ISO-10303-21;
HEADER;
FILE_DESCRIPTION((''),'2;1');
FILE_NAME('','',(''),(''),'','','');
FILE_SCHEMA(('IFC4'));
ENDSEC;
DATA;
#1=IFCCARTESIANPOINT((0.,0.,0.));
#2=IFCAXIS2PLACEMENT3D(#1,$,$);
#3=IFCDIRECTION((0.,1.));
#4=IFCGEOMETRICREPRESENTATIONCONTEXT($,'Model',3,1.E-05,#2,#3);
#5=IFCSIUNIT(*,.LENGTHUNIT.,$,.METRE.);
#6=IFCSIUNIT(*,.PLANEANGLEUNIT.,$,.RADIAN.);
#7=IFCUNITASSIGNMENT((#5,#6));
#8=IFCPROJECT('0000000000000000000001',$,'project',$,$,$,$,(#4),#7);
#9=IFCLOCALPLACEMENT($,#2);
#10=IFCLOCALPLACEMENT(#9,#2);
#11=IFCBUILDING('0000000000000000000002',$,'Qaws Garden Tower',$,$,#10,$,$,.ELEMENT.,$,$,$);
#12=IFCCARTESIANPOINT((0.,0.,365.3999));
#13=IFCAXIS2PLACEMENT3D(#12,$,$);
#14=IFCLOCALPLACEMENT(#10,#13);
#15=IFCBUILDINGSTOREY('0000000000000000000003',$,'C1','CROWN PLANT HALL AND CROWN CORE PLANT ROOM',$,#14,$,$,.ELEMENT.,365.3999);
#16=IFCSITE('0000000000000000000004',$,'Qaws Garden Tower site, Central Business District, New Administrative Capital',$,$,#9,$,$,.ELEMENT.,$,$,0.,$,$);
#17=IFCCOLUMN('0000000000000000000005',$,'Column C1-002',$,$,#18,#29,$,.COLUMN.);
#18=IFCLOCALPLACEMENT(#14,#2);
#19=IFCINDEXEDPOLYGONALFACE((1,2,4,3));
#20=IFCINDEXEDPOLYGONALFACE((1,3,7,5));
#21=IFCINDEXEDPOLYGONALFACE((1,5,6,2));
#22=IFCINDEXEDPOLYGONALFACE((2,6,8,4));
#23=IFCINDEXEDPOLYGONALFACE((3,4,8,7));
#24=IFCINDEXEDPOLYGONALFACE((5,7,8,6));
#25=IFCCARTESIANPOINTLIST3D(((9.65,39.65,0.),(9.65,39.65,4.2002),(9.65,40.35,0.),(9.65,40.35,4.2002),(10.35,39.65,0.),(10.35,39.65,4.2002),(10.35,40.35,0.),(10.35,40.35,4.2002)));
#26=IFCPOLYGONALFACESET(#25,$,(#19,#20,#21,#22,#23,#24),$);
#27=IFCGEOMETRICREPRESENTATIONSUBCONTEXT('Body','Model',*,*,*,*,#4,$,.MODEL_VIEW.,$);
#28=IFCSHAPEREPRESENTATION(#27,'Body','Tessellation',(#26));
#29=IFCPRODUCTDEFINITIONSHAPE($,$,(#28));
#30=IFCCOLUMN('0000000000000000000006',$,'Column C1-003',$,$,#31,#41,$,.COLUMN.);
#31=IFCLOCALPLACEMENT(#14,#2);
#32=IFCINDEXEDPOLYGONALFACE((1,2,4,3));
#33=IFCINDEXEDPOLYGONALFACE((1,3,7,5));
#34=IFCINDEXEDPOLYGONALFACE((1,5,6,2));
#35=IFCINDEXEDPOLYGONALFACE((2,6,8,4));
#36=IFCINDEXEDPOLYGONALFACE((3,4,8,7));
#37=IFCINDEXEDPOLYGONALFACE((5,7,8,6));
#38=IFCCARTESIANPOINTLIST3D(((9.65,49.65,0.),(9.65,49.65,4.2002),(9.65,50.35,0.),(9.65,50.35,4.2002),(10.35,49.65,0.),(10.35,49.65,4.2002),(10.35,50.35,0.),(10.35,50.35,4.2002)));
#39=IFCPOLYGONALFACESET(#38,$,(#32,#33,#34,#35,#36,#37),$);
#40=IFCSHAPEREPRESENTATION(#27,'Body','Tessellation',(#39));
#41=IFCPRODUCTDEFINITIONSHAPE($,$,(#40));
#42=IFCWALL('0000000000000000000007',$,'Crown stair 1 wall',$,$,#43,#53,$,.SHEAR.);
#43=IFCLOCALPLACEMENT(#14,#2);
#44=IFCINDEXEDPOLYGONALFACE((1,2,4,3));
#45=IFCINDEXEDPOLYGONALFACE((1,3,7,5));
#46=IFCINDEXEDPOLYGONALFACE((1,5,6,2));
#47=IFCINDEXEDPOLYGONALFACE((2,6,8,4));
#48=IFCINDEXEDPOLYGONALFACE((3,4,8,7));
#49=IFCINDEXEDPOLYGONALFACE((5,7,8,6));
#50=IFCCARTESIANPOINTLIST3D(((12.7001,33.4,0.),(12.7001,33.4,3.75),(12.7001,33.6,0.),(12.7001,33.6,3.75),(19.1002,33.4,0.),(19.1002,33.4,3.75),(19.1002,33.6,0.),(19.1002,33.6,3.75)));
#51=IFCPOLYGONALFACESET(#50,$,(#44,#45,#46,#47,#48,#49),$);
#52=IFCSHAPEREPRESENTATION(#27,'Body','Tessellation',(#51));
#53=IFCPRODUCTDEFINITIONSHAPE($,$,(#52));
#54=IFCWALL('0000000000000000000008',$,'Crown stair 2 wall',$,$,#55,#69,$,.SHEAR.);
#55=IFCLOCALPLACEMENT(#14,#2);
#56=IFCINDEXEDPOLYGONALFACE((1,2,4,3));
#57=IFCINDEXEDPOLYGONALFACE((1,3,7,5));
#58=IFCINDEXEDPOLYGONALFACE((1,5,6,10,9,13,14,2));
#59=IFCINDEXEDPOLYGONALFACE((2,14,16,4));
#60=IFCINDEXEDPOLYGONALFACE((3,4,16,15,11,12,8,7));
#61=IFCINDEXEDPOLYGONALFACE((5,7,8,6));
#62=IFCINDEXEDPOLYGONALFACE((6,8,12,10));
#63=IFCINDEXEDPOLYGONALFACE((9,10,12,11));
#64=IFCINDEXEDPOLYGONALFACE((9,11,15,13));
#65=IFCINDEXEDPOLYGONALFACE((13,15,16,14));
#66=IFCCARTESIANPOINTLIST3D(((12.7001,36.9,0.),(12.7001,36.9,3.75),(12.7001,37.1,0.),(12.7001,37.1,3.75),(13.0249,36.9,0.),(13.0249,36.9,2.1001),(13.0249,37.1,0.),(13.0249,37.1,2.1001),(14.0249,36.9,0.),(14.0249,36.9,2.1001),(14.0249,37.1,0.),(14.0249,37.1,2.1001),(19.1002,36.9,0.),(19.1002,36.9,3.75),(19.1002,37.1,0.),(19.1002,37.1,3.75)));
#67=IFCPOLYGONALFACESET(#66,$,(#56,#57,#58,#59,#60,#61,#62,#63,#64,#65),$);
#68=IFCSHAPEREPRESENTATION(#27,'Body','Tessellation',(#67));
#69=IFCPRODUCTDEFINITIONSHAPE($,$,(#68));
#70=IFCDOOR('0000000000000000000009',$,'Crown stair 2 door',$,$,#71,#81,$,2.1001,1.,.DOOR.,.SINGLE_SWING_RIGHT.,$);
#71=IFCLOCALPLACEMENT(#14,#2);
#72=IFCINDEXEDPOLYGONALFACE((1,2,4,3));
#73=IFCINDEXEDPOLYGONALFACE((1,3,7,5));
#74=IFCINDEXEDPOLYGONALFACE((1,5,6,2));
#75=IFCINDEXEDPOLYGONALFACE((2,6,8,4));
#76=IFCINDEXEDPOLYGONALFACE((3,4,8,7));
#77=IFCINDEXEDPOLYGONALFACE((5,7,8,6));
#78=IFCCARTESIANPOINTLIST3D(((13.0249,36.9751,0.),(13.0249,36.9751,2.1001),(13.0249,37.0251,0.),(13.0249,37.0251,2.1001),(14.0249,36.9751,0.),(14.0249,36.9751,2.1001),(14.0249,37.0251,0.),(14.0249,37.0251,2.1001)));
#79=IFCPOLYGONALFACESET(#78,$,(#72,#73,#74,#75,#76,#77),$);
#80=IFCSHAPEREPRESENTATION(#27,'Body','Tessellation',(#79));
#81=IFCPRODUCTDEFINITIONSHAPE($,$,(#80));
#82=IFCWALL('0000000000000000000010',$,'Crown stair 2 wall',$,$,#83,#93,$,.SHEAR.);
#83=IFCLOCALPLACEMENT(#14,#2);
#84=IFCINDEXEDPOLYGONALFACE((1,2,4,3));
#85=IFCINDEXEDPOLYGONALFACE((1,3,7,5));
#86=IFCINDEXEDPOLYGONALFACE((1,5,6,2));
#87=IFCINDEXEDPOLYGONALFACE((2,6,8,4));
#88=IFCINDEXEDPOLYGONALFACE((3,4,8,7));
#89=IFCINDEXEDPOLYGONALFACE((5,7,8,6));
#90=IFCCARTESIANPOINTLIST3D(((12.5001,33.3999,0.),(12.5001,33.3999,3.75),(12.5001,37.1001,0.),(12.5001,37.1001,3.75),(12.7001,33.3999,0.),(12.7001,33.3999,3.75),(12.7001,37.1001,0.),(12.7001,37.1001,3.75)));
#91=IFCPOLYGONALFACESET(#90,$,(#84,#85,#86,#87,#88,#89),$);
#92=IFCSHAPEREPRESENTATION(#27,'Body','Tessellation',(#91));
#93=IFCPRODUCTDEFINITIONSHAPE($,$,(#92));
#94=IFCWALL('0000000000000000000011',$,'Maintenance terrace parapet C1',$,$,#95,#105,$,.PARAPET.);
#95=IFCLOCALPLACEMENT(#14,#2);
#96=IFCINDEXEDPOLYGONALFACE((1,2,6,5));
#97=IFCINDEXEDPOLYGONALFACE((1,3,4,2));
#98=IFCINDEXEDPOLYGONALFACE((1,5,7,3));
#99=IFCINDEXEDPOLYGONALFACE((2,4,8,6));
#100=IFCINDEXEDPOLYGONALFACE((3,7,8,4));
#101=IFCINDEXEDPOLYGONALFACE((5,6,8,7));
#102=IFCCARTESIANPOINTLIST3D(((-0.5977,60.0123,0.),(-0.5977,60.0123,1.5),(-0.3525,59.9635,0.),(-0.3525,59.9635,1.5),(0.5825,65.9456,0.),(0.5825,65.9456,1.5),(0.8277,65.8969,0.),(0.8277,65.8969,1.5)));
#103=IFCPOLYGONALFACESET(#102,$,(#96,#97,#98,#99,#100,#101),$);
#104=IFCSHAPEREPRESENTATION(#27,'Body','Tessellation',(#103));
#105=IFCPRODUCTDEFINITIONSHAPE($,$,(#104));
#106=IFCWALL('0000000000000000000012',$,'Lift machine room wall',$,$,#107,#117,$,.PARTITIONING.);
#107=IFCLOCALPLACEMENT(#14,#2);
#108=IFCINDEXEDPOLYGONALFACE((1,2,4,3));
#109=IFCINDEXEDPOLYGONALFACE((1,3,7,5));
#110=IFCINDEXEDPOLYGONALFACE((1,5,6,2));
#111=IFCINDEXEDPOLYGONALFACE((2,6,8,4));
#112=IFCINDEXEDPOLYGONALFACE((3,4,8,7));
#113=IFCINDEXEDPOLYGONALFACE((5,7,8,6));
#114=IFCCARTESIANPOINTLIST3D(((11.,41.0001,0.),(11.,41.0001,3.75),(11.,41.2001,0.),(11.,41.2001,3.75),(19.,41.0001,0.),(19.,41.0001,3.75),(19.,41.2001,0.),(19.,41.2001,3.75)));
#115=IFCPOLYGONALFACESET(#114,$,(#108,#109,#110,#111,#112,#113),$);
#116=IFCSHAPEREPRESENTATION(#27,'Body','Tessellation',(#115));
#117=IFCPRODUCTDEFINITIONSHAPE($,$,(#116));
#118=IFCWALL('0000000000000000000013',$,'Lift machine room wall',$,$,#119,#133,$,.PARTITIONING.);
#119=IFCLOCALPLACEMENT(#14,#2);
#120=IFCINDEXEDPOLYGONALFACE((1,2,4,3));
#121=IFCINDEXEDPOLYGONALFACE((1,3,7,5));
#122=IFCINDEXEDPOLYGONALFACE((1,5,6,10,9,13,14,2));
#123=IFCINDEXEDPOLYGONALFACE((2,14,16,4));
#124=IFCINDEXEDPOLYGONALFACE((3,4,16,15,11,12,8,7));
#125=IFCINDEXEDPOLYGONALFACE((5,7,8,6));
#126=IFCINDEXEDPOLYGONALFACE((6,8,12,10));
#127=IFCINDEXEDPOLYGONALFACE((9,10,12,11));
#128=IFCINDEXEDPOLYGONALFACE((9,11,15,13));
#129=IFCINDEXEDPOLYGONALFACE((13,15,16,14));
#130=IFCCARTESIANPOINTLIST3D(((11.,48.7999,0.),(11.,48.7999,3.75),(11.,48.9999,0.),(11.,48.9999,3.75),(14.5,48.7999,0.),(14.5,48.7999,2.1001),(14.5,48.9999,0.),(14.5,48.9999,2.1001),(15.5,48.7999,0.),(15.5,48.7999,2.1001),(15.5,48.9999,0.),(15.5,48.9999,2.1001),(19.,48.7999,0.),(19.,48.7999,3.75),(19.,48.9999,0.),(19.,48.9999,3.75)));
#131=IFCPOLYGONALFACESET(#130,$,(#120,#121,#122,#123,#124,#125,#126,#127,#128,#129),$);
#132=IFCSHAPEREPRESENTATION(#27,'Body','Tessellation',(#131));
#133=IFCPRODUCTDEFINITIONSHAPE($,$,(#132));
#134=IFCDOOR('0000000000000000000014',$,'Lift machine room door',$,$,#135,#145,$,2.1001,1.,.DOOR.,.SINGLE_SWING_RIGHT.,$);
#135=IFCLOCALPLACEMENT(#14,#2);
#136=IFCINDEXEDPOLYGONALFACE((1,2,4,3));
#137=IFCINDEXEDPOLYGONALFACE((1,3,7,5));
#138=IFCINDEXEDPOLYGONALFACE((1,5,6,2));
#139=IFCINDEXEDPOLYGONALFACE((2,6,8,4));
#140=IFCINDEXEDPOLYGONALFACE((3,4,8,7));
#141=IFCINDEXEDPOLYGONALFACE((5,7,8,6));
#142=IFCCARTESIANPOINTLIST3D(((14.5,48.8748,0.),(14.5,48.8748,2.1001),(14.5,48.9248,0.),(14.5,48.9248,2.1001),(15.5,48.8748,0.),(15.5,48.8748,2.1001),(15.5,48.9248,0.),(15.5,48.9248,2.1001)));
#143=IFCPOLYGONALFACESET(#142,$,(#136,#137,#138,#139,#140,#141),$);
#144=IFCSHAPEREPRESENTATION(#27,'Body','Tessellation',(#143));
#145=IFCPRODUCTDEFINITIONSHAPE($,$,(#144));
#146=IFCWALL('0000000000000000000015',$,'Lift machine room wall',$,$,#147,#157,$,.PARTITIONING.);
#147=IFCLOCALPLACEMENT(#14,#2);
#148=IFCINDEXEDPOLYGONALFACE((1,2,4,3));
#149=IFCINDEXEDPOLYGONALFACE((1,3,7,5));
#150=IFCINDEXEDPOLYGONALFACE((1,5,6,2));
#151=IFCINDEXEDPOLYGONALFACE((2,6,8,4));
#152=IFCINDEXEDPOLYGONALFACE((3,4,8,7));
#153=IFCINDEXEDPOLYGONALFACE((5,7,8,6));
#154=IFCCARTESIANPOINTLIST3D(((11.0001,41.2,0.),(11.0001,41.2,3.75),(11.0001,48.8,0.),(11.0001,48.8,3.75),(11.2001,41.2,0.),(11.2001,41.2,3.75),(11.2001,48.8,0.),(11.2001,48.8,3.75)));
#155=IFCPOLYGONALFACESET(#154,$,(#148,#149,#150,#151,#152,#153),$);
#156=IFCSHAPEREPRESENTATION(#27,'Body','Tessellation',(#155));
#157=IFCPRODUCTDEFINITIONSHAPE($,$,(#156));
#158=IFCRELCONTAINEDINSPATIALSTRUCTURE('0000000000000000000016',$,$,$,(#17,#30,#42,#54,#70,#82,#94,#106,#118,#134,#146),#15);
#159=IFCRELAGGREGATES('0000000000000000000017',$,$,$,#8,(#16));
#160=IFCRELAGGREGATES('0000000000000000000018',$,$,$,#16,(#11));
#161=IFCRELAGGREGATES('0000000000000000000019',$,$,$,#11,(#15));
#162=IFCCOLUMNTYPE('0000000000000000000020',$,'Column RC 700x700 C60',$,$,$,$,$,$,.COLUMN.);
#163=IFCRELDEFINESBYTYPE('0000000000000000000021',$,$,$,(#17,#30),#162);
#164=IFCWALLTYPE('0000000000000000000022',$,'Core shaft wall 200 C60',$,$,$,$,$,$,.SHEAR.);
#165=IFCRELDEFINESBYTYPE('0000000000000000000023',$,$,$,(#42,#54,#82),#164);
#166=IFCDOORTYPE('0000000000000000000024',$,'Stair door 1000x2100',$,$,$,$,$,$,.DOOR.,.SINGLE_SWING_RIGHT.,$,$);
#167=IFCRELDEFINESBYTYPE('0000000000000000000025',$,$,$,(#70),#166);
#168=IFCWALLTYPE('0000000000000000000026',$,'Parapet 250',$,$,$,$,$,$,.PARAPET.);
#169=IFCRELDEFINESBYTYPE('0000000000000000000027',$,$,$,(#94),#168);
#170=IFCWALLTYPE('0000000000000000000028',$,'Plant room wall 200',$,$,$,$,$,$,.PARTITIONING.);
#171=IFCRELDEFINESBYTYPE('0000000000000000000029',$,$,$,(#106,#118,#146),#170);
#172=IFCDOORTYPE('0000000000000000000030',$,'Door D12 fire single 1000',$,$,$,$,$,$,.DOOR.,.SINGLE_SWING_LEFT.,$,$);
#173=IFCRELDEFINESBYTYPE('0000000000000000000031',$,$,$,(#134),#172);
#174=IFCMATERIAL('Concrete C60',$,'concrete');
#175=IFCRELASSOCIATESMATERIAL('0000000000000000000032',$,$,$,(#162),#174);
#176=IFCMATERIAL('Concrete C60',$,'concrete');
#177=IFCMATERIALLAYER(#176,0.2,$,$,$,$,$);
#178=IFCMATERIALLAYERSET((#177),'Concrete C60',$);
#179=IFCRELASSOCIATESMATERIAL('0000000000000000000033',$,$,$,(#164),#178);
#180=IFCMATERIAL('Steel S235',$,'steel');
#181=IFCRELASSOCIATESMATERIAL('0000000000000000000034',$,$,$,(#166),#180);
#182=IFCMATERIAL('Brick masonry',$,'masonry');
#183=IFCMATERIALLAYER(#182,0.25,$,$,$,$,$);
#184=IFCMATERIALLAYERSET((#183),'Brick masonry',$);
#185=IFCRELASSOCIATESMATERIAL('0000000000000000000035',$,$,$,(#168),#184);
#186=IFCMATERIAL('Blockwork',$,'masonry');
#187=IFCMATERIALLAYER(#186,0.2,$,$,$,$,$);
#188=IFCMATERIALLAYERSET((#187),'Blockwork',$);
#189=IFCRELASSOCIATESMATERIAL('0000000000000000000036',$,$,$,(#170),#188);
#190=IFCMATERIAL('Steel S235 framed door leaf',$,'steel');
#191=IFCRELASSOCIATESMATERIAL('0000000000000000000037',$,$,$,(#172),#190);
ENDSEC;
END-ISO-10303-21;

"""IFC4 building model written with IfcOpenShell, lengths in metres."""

from ifc_helpers import new_model, si_unit, direction, frame, frame_2d, origin, origin_2d, place, context, subcontext, project, spatial, rectangle, extrude, material, layer, layer_set, material_profile, profile_set, type_object, element, fill, save


model = new_model("IFC4")

# Units and contexts
model_context = context("Model", 3, precision=1e-05, world=origin(), true_north=direction((0.0, 1.0)))
body_context = subcontext(model_context, "Body", "Model", "MODEL_VIEW")
ifc_project = project(units=[si_unit("LENGTHUNIT", "METRE"), si_unit("PLANEANGLEUNIT", "RADIAN")], contexts=[model_context])

# Site, building, storey
site_placement = place(None, origin())
site = spatial("IfcSite", under=ifc_project, at=site_placement, Name="Qaws Garden Tower site, Central Business District, New Administrative Capital", CompositionType="ELEMENT", RefElevation=0.0)
building_placement = place(site_placement, origin())
building = spatial("IfcBuilding", under=site, at=building_placement, Name="Qaws Garden Tower", CompositionType="ELEMENT")
storey_placement = place(building_placement, frame((0.0, 0.0, 365.3999)))
storey = spatial("IfcBuildingStorey", under=building, at=storey_placement, Name="C1", Description="CROWN PLANT HALL AND CROWN CORE PLANT ROOM", CompositionType="ELEMENT", Elevation=365.3999)

# Columns
ifc_material_1 = material(Name="Concrete C60", Category="concrete")
ifc_material_profile = material_profile(ifc_material_1, rectangle(XDim=0.7, YDim=0.7, at=origin_2d()), Name="RC 700x700")
ifc_profile_set = profile_set([ifc_material_profile], Name="Concrete C60")
column_type = type_object("IfcColumnType", Name="Column RC 700x700 C60", PredefinedType="COLUMN", material=ifc_profile_set)
for number, where, z_axis, x_axis, name in (
    (1, (10.0, 40.0, 0.0), (0.0, 0.0, 1.0), (1.0, 0.0, 0.0), "Column C1-002"),
    (2, (10.0, 50.0, 0.0), (0.0, 0.0, 1.0), (1.0, 0.0, 0.0), "Column C1-003"),
):
    element("IfcColumn", number, at=place(storey_placement, frame(where, z_axis=z_axis, x_axis=x_axis)), inside=storey, type_object=column_type, Name=name, PredefinedType="COLUMN", context=body_context, shape_type="SweptSolid", body=[
        extrude(rectangle(XDim=0.7, YDim=0.7, at=origin_2d()), origin(), (0.0, 0.0, 1.0), 4.2002),
    ])

# Wall
ifc_material_2 = material(Name="Concrete C60", Category="concrete")
ifc_layer_1 = layer(ifc_material_2, 0.2)
ifc_layer_set_1 = layer_set([ifc_layer_1], Name="Concrete C60")
wall_type_1 = type_object("IfcWallType", Name="Core shaft wall 200 C60", PredefinedType="SHEAR", material=ifc_layer_set_1)
wall_1_placement = place(storey_placement, frame((12.7, 33.5, 0.0), z_axis=(0.0, 0.0, 1.0), x_axis=(1.0, 0.0, 0.0)))
element("IfcWall", 3, at=wall_1_placement, inside=storey, type_object=wall_type_1, Name="Crown stair 1 wall", PredefinedType="SHEAR", context=body_context, shape_type="SweptSolid", body=[
    extrude(rectangle(XDim=6.4001, YDim=0.2, at=frame_2d((3.2002, 0.0))), origin(), (0.0, 0.0, 1.0), 3.75),
])

# Wall, opening, door
wall_2_placement = place(storey_placement, frame((12.7, 37.0, 0.0), z_axis=(0.0, 0.0, 1.0), x_axis=(1.0, 0.0, 0.0)))
wall_2 = element("IfcWall", 4, at=wall_2_placement, inside=storey, type_object=wall_type_1, Name="Crown stair 2 wall", PredefinedType="SHEAR", context=body_context, shape_type="SweptSolid", body=[
    extrude(rectangle(XDim=6.4001, YDim=0.2, at=frame_2d((3.2002, 0.0))), origin(), (0.0, 0.0, 1.0), 3.75),
])
opening_1_placement = place(wall_2_placement, frame((0.325, 0.0, 0.0)))
opening_1 = element("IfcOpeningElement", 5, at=opening_1_placement, cuts=wall_2, PredefinedType="OPENING", context=body_context, shape_type="SweptSolid", body=[
    extrude(rectangle(XDim=1.0, YDim=2.1001, at=frame_2d((0.5, 1.05))), frame((0.0, 0.1099, 0.0), z_axis=(0.0, -1.0, 0.0), x_axis=(1.0, 0.0, 0.0)), (0.0, 0.0, 1.0), 0.22),
])
ifc_material_3 = material(Name="Steel S235", Category="steel")
door_type_1 = type_object("IfcDoorType", Name="Stair door 1000x2100", OperationType="SINGLE_SWING_RIGHT", PredefinedType="DOOR", material=ifc_material_3)
door_1_placement = place(opening_1_placement, frame((1.0, 0.0, 0.0), z_axis=(0.0, 0.0, 1.0), x_axis=(-1.0, 0.0, 0.0)))
door_1 = element("IfcDoor", 6, at=door_1_placement, inside=storey, type_object=door_type_1, Name="Crown stair 2 door", OperationType="SINGLE_SWING_RIGHT", OverallHeight=2.1001, OverallWidth=1.0, PredefinedType="DOOR", context=body_context, shape_type="SweptSolid", body=[
    extrude(rectangle(XDim=1.0, YDim=2.1001, at=frame_2d((0.5, 1.05))), frame((0.0, 0.0249, 0.0), z_axis=(0.0, -1.0, 0.0), x_axis=(1.0, 0.0, 0.0)), (0.0, 0.0, 1.0), 0.05),
])
fill(opening_1, door_1)

# Walls
wall_3_placement = place(storey_placement, frame((12.6001, 33.3999, 0.0), z_axis=(0.0, 0.0, 1.0), x_axis=(0.0, 1.0, 0.0)))
element("IfcWall", 7, at=wall_3_placement, inside=storey, type_object=wall_type_1, Name="Crown stair 2 wall", PredefinedType="SHEAR", context=body_context, shape_type="SweptSolid", body=[
    extrude(rectangle(XDim=3.7002, YDim=0.2, at=frame_2d((1.8501, 0.0))), origin(), (0.0, 0.0, 1.0), 3.75),
])
ifc_material_4 = material(Name="Brick masonry", Category="masonry")
ifc_layer_2 = layer(ifc_material_4, 0.25)
ifc_layer_set_2 = layer_set([ifc_layer_2], Name="Brick masonry")
wall_type_2 = type_object("IfcWallType", Name="Parapet 250", PredefinedType="PARAPET", material=ifc_layer_set_2)
wall_4_placement = place(storey_placement, frame((-0.4751, 59.9878, 0.0), z_axis=(0.0, 0.0, 1.0), x_axis=(0.195084, 0.980787, 0.0)))
element("IfcWall", 8, at=wall_4_placement, inside=storey, type_object=wall_type_2, Name="Maintenance terrace parapet C1", PredefinedType="PARAPET", context=body_context, shape_type="SweptSolid", body=[
    extrude(rectangle(XDim=6.0496, YDim=0.25, at=frame_2d((3.0249, 0.0))), origin(), (0.0, 0.0, 1.0), 1.5),
])
ifc_material_5 = material(Name="Blockwork", Category="masonry")
ifc_layer_3 = layer(ifc_material_5, 0.2)
ifc_layer_set_3 = layer_set([ifc_layer_3], Name="Blockwork")
wall_type_3 = type_object("IfcWallType", Name="Plant room wall 200", PredefinedType="PARTITIONING", material=ifc_layer_set_3)
wall_5_placement = place(storey_placement, frame((11.0, 41.1001, 0.0), z_axis=(0.0, 0.0, 1.0), x_axis=(1.0, 0.0, 0.0)))
element("IfcWall", 9, at=wall_5_placement, inside=storey, type_object=wall_type_3, Name="Lift machine room wall", PredefinedType="PARTITIONING", context=body_context, shape_type="SweptSolid", body=[
    extrude(rectangle(XDim=8.0, YDim=0.2, at=frame_2d((4.0, 0.0))), origin(), (0.0, 0.0, 1.0), 3.75),
])

# Wall, opening, door
wall_6_placement = place(storey_placement, frame((11.0, 48.8999, 0.0), z_axis=(0.0, 0.0, 1.0), x_axis=(1.0, 0.0, 0.0)))
wall_6 = element("IfcWall", 10, at=wall_6_placement, inside=storey, type_object=wall_type_3, Name="Lift machine room wall", PredefinedType="PARTITIONING", context=body_context, shape_type="SweptSolid", body=[
    extrude(rectangle(XDim=8.0, YDim=0.2, at=frame_2d((4.0, 0.0))), origin(), (0.0, 0.0, 1.0), 3.75),
])
opening_2_placement = place(wall_6_placement, frame((3.5, 0.0, 0.0)))
opening_2 = element("IfcOpeningElement", 11, at=opening_2_placement, cuts=wall_6, PredefinedType="OPENING", context=body_context, shape_type="SweptSolid", body=[
    extrude(rectangle(XDim=1.0, YDim=2.1001, at=frame_2d((0.5, 1.05))), frame((0.0, 0.1099, 0.0), z_axis=(0.0, -1.0, 0.0), x_axis=(1.0, 0.0, 0.0)), (0.0, 0.0, 1.0), 0.22),
])
ifc_material_6 = material(Name="Steel S235 framed door leaf", Category="steel")
door_type_2 = type_object("IfcDoorType", Name="Door D12 fire single 1000", OperationType="SINGLE_SWING_LEFT", PredefinedType="DOOR", material=ifc_material_6)
door_2_placement = place(opening_2_placement, origin())
door_2 = element("IfcDoor", 12, at=door_2_placement, inside=storey, type_object=door_type_2, Name="Lift machine room door", OperationType="SINGLE_SWING_RIGHT", OverallHeight=2.1001, OverallWidth=1.0, PredefinedType="DOOR", context=body_context, shape_type="SweptSolid", body=[
    extrude(rectangle(XDim=1.0, YDim=2.1001, at=frame_2d((0.5, 1.05))), frame((0.0, 0.0249, 0.0), z_axis=(0.0, -1.0, 0.0), x_axis=(1.0, 0.0, 0.0)), (0.0, 0.0, 1.0), 0.05),
])
fill(opening_2, door_2)

# Wall
wall_7_placement = place(storey_placement, frame((11.1001, 41.2, 0.0), z_axis=(0.0, 0.0, 1.0), x_axis=(0.0, 1.0, 0.0)))
element("IfcWall", 13, at=wall_7_placement, inside=storey, type_object=wall_type_3, Name="Lift machine room wall", PredefinedType="PARTITIONING", context=body_context, shape_type="SweptSolid", body=[
    extrude(rectangle(XDim=7.6001, YDim=0.2, at=frame_2d((3.8, 0.0))), origin(), (0.0, 0.0, 1.0), 3.75),
])

save(model, "model.ifc")
